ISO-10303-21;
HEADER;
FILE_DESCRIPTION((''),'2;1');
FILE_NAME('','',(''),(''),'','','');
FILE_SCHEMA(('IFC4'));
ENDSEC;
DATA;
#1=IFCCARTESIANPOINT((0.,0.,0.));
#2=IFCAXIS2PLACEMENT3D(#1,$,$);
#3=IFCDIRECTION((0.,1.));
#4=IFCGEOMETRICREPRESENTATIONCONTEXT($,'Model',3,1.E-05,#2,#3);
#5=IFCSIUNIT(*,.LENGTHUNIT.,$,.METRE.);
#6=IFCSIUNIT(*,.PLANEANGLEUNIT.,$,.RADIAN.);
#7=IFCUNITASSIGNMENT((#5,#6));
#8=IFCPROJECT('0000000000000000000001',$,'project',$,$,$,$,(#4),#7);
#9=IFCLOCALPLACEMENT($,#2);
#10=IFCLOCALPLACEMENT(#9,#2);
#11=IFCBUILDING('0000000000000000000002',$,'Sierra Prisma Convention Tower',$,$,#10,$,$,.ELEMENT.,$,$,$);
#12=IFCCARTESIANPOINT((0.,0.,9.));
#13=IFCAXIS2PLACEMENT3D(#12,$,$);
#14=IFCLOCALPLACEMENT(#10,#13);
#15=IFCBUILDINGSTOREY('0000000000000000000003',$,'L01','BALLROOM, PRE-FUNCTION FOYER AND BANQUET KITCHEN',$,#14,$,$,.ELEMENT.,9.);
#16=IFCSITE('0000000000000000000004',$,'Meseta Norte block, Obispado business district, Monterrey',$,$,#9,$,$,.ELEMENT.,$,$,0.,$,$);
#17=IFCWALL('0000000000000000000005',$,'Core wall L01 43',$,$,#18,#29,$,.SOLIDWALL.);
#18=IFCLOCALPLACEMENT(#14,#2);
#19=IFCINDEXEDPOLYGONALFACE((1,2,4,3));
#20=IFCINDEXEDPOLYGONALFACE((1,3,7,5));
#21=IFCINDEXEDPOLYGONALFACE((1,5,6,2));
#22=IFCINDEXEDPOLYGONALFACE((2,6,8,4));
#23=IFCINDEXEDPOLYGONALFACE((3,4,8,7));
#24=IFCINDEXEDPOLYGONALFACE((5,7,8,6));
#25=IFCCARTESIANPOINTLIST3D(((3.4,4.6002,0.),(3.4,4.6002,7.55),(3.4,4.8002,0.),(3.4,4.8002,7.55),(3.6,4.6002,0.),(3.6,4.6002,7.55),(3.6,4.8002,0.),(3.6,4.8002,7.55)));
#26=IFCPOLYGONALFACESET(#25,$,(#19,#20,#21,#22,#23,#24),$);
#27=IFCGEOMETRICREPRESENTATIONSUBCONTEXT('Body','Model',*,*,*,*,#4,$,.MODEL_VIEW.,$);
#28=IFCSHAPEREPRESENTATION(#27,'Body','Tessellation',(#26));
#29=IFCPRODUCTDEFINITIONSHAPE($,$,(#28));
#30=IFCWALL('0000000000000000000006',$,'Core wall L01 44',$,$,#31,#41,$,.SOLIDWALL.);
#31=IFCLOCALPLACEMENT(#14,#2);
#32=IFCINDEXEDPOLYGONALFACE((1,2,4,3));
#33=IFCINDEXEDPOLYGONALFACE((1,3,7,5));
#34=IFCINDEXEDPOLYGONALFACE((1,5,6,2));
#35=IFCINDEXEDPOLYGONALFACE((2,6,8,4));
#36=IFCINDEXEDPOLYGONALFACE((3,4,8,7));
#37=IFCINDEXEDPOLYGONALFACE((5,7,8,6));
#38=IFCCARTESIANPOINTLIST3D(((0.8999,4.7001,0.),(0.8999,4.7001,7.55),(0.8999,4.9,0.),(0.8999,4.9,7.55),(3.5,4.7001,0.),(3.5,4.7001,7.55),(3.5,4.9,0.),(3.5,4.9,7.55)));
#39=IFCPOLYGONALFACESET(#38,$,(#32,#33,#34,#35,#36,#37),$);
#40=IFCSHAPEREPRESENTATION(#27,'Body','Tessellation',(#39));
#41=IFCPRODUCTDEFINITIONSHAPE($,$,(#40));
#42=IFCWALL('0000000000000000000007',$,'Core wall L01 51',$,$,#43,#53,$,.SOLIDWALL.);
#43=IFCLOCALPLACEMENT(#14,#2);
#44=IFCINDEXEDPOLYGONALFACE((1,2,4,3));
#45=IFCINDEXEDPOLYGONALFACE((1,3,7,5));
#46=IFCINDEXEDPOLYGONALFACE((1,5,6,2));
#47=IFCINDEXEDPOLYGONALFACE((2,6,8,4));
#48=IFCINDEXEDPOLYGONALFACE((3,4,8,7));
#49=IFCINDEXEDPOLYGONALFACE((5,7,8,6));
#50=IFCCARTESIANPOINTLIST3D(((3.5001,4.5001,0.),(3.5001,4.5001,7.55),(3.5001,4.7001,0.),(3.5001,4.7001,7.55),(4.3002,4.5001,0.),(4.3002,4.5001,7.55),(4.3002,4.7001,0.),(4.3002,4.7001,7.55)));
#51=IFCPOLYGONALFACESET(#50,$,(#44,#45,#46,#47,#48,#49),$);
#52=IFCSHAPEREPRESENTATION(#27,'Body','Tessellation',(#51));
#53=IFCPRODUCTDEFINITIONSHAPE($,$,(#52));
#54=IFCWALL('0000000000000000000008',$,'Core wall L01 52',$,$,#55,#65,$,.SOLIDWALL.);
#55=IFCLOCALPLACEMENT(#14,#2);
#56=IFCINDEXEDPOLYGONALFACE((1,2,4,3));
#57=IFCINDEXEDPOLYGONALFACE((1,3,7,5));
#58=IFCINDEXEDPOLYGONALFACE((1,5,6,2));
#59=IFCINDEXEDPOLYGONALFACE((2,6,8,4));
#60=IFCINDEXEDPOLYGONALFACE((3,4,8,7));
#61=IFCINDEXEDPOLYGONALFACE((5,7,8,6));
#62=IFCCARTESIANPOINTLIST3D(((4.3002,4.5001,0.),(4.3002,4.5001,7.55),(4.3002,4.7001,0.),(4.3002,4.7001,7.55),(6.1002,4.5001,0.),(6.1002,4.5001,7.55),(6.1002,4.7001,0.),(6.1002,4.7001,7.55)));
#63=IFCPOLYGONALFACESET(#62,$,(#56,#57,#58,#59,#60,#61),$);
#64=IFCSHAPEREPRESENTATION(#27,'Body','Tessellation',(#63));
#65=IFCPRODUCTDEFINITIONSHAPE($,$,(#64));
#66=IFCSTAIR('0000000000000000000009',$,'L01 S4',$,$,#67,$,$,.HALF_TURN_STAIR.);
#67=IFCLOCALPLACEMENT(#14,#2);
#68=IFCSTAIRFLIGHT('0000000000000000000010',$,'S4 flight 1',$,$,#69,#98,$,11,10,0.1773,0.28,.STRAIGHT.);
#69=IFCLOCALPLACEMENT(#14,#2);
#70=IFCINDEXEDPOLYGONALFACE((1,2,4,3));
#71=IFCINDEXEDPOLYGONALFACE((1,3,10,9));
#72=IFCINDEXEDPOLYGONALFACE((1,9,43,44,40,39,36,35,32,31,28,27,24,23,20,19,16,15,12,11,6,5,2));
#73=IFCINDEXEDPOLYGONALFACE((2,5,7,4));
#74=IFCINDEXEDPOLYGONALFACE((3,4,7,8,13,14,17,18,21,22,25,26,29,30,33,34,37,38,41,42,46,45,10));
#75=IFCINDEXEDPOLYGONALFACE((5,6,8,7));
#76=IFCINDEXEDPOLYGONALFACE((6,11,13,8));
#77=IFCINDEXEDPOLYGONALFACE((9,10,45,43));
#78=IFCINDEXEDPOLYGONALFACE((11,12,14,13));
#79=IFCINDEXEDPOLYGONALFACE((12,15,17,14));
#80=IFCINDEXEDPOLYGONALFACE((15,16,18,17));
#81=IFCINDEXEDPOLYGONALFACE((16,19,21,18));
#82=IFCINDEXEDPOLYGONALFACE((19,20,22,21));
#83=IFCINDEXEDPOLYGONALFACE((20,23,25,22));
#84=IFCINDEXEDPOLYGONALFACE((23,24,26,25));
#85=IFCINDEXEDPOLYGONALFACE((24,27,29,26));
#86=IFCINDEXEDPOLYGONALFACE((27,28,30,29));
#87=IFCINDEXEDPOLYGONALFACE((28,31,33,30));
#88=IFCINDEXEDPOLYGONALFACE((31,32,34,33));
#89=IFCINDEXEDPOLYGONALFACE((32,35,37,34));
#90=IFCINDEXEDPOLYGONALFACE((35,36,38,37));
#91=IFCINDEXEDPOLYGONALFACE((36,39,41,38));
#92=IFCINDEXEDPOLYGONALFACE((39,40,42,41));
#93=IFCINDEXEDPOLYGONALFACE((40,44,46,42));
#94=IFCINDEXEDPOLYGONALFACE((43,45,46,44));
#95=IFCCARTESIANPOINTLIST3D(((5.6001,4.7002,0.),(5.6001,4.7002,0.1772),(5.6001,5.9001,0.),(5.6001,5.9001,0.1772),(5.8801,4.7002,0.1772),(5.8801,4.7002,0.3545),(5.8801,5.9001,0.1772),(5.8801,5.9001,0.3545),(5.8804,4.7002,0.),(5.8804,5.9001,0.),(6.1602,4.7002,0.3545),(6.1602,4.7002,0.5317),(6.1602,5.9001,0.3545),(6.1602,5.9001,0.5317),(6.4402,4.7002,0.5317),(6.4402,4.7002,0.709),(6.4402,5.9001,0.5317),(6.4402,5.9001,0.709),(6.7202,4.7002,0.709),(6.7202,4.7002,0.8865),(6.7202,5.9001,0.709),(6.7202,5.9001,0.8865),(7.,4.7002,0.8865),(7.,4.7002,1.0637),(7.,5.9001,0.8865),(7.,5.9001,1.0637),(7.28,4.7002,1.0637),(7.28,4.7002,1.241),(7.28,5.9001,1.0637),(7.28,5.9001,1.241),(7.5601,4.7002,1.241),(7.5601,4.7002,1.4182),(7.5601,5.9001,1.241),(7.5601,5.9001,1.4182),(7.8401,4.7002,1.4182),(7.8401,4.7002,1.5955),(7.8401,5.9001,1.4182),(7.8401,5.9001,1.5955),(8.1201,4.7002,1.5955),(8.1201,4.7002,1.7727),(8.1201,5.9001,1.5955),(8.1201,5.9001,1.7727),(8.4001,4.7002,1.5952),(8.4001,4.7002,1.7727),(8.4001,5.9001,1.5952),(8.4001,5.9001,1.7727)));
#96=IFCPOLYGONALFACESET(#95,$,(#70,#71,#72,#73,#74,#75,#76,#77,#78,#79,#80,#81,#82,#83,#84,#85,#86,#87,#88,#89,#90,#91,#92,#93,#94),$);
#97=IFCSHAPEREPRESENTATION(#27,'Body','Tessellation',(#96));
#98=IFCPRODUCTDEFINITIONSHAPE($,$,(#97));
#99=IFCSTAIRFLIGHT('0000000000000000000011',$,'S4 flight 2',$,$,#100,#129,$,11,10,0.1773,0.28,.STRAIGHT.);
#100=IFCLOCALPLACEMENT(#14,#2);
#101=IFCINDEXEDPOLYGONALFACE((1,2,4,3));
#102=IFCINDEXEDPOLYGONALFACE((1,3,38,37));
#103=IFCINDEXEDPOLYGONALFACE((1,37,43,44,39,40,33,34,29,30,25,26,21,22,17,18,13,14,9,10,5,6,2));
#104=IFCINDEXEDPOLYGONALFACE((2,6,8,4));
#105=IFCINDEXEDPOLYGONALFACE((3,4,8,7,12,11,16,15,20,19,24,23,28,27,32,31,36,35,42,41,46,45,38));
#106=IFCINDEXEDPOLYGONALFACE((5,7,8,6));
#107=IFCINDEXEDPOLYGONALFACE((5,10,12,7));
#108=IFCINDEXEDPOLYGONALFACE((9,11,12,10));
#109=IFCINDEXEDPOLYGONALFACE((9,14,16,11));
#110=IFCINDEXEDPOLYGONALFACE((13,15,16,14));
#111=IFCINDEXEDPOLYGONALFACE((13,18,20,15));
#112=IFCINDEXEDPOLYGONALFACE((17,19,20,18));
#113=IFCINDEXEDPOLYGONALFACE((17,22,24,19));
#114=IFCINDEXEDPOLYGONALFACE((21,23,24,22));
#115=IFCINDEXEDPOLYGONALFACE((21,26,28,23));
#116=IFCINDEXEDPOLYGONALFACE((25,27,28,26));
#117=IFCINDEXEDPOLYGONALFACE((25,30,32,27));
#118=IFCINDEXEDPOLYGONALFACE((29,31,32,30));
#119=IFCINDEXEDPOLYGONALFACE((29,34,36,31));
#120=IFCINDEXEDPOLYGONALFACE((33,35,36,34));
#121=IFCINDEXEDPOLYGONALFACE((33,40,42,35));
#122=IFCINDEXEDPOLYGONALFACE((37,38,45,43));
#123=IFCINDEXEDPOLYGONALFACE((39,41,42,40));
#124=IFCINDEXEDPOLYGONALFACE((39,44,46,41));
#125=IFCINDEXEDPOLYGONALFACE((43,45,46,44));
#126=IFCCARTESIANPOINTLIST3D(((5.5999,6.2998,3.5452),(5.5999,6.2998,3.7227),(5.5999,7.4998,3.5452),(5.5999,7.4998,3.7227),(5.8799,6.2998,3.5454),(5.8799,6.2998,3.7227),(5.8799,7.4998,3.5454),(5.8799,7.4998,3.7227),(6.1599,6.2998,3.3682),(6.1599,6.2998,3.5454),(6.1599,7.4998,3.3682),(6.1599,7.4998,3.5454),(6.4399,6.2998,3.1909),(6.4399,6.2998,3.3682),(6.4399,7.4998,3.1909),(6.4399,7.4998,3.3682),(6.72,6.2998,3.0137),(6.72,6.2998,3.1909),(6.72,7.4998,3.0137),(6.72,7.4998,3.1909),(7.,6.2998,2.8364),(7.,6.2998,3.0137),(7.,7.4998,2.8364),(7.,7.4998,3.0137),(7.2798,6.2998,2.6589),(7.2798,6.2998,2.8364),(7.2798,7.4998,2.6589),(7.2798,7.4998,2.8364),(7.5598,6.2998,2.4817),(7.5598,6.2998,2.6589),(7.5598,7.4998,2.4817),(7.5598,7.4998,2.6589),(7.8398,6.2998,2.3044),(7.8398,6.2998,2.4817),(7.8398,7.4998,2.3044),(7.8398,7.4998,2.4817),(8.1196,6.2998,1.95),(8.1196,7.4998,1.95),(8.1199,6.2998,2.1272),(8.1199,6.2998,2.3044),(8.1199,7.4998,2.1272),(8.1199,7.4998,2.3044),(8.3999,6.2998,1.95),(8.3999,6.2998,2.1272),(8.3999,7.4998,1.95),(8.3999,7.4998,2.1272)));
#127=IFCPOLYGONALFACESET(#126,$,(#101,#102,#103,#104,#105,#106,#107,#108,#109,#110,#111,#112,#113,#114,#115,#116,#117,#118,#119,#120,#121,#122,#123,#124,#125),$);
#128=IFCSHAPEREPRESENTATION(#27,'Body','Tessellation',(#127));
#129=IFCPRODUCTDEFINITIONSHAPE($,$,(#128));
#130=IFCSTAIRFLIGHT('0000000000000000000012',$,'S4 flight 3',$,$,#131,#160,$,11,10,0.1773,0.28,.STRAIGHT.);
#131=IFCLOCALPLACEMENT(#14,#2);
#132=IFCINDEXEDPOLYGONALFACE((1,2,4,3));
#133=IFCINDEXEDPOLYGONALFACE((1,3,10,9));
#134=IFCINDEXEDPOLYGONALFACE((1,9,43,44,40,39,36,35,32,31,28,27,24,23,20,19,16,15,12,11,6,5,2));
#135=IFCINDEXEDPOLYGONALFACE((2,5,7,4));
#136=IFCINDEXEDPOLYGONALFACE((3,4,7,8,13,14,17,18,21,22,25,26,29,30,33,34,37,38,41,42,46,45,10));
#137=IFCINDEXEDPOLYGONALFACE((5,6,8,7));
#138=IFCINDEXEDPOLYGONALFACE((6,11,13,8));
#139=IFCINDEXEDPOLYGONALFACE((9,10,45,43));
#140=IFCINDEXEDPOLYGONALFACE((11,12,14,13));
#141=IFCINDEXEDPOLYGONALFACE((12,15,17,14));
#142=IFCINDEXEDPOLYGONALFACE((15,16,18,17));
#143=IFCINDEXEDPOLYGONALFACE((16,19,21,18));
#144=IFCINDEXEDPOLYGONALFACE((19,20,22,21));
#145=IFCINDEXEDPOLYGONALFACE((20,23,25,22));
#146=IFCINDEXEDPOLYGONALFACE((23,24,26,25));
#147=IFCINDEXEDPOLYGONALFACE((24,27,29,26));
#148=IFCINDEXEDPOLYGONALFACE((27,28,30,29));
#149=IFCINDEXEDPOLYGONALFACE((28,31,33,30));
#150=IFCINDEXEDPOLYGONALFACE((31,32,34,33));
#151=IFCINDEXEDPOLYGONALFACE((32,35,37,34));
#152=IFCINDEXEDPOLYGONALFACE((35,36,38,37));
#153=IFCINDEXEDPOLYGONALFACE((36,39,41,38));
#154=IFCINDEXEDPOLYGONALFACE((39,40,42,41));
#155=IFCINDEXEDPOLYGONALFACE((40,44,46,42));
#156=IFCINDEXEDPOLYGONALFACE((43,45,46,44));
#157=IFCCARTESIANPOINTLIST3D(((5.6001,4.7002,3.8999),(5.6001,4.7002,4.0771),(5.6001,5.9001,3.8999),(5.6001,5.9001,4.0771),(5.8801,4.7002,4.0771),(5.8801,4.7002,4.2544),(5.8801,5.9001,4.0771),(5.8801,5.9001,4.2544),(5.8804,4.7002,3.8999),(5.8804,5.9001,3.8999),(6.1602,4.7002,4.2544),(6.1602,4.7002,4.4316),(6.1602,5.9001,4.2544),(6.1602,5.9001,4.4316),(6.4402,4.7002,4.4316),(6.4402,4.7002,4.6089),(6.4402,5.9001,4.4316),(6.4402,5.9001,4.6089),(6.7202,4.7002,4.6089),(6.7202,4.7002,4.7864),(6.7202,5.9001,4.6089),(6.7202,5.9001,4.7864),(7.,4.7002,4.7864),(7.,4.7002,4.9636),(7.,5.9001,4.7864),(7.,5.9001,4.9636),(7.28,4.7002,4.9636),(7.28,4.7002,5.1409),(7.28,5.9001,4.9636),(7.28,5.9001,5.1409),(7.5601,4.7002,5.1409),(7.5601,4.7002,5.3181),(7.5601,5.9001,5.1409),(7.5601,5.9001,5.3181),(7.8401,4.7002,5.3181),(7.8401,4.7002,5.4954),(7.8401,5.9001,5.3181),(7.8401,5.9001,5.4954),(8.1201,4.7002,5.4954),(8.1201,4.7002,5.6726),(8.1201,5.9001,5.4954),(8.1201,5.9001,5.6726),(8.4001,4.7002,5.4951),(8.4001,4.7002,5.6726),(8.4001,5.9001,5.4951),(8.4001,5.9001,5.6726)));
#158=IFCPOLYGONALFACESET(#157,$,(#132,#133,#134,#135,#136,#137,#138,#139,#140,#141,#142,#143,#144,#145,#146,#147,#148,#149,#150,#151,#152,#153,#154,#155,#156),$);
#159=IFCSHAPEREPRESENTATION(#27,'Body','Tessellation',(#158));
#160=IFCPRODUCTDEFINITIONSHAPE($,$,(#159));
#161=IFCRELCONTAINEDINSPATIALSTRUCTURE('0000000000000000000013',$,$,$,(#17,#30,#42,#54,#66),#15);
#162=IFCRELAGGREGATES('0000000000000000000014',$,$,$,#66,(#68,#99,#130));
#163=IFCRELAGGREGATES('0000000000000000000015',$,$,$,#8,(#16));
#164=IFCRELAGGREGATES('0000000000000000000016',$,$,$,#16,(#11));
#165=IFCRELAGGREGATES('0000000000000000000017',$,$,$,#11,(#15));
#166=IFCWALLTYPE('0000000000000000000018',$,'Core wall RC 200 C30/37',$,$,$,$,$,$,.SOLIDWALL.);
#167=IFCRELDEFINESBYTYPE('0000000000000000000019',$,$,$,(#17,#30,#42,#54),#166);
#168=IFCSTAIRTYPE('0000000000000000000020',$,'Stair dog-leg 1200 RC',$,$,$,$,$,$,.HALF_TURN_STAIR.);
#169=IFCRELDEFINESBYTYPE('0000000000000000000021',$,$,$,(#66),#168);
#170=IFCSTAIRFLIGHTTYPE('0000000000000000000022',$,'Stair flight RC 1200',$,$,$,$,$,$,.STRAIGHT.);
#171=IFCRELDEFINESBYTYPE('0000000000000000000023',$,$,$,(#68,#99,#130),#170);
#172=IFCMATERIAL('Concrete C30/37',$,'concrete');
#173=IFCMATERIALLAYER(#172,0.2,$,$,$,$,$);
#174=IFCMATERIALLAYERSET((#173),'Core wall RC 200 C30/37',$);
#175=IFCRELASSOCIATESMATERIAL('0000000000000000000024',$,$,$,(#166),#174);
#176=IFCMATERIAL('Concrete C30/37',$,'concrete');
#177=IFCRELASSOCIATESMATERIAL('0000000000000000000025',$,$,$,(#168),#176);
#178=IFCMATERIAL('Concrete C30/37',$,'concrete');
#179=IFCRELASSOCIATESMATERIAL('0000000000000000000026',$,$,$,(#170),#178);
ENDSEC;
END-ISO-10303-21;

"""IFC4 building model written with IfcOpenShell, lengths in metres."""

from ifc_helpers import new_model, si_unit, direction, frame, frame_2d, origin, place, context, subcontext, project, spatial, polyline, rectangle, outline, extrude, material, layer, layer_set, type_object, element, aggregate, save


model = new_model("IFC4")

# Units and contexts
model_context = context("Model", 3, precision=1e-05, world=origin(), true_north=direction((0.0, 1.0)))
body_context = subcontext(model_context, "Body", "Model", "MODEL_VIEW")
ifc_project = project(units=[si_unit("LENGTHUNIT", "METRE"), si_unit("PLANEANGLEUNIT", "RADIAN")], contexts=[model_context])

# Site, building, storey
site_placement = place(None, origin())
site = spatial("IfcSite", under=ifc_project, at=site_placement, Name="Meseta Norte block, Obispado business district, Monterrey", CompositionType="ELEMENT", RefElevation=0.0)
building_placement = place(site_placement, origin())
building = spatial("IfcBuilding", under=site, at=building_placement, Name="Sierra Prisma Convention Tower", CompositionType="ELEMENT")
storey_placement = place(building_placement, frame((0.0, 0.0, 9.0)))
storey = spatial("IfcBuildingStorey", under=building, at=storey_placement, Name="L01", Description="BALLROOM, PRE-FUNCTION FOYER AND BANQUET KITCHEN", CompositionType="ELEMENT", Elevation=9.0)

# Walls
ifc_material_1 = material(Name="Concrete C30/37", Category="concrete")
ifc_layer = layer(ifc_material_1, 0.2)
ifc_layer_set = layer_set([ifc_layer], Name="Core wall RC 200 C30/37")
wall_type = type_object("IfcWallType", Name="Core wall RC 200 C30/37", PredefinedType="SOLIDWALL", material=ifc_layer_set)
wall_1_placement = place(storey_placement, frame((3.5, 4.6001, 0.0), z_axis=(0.0, 0.0, 1.0), x_axis=(0.0, 1.0, 0.0)))
element("IfcWall", 1, at=wall_1_placement, inside=storey, type_object=wall_type, Name="Core wall L01 43", PredefinedType="SOLIDWALL", context=body_context, shape_type="SweptSolid", body=[
    extrude(rectangle(XDim=0.2, YDim=0.2, at=frame_2d((0.1001, 0.0))), origin(), (0.0, 0.0, 1.0), 7.55),
])
wall_2_placement = place(storey_placement, frame((3.5, 4.8, 0.0), z_axis=(0.0, 0.0, 1.0), x_axis=(-1.0, 0.0, 0.0)))
element("IfcWall", 2, at=wall_2_placement, inside=storey, type_object=wall_type, Name="Core wall L01 44", PredefinedType="SOLIDWALL", context=body_context, shape_type="SweptSolid", body=[
    extrude(rectangle(XDim=2.6001, YDim=0.2, at=frame_2d((1.3, 0.0))), origin(), (0.0, 0.0, 1.0), 7.55),
])

# Walls
wall_3_placement = place(storey_placement, frame((4.3, 4.6001, 0.0), z_axis=(0.0, 0.0, 1.0), x_axis=(-1.0, 0.0, 0.0)))
element("IfcWall", 3, at=wall_3_placement, inside=storey, type_object=wall_type, Name="Core wall L01 51", PredefinedType="SOLIDWALL", context=body_context, shape_type="SweptSolid", body=[
    extrude(rectangle(XDim=0.8, YDim=0.2, at=frame_2d((0.3999, 0.0))), origin(), (0.0, 0.0, 1.0), 7.55),
])
wall_4_placement = place(storey_placement, frame((6.1001, 4.6001, 0.0), z_axis=(0.0, 0.0, 1.0), x_axis=(-1.0, 0.0, 0.0)))
element("IfcWall", 4, at=wall_4_placement, inside=storey, type_object=wall_type, Name="Core wall L01 52", PredefinedType="SOLIDWALL", context=body_context, shape_type="SweptSolid", body=[
    extrude(rectangle(XDim=1.8, YDim=0.2, at=frame_2d((0.8999, 0.0))), origin(), (0.0, 0.0, 1.0), 7.55),
])

# Stair, stair flights
ifc_material_2 = material(Name="Concrete C30/37", Category="concrete")
stair_type = type_object("IfcStairType", Name="Stair dog-leg 1200 RC", PredefinedType="HALF_TURN_STAIR", material=ifc_material_2)
stair_placement = place(storey_placement, origin())
stair = element("IfcStair", 5, at=stair_placement, inside=storey, type_object=stair_type, Name="L01 S4", PredefinedType="HALF_TURN_STAIR")
ifc_material_3 = material(Name="Concrete C30/37", Category="concrete")
stair_flight_type = type_object("IfcStairFlightType", Name="Stair flight RC 1200", PredefinedType="STRAIGHT", material=ifc_material_3)
stair_flight_1_placement = place(storey_placement, frame((5.6001, 5.3, 0.0), z_axis=(0.0, 0.0, 1.0), x_axis=(1.0, 0.0, 0.0)))
stair_flight_1 = element("IfcStairFlight", 6, at=stair_flight_1_placement, type_object=stair_flight_type, Name="S4 flight 1", NumberOfRisers=11, NumberOfTreads=10, PredefinedType="STRAIGHT", RiserHeight=0.1773, TreadLength=0.28, context=body_context, shape_type="SweptSolid", body=[
    extrude(outline(polyline([(0.0, 0.0), (0.0, 0.1772), (0.28, 0.1772), (0.28, 0.3545), (0.5601, 0.3545), (0.5601, 0.5317), (0.8401, 0.5317), (0.8401, 0.709), (1.1201, 0.709), (1.1201, 0.8865), (1.3999, 0.8865), (1.3999, 1.0637), (1.6799, 1.0637), (1.6799, 1.241), (1.96, 1.241), (1.96, 1.4182), (2.24, 1.4182), (2.24, 1.5955), (2.52, 1.5955), (2.52, 1.7727), (2.8, 1.7727), (2.8, 1.95), (2.8, 1.5952), (0.2803, 0.0), (0.0, 0.0)])), frame((0.0, 0.6001, 0.0), z_axis=(0.0, -1.0, 0.0), x_axis=(1.0, 0.0, 0.0)), (0.0, 0.0, 1.0), 1.2),
])
stair_flight_2_placement = place(storey_placement, frame((8.3999, 6.8999, 1.95), z_axis=(0.0, 0.0, 1.0), x_axis=(-1.0, 0.0, 0.0)))
stair_flight_2 = element("IfcStairFlight", 7, at=stair_flight_2_placement, type_object=stair_flight_type, Name="S4 flight 2", NumberOfRisers=11, NumberOfTreads=10, PredefinedType="STRAIGHT", RiserHeight=0.1773, TreadLength=0.28, context=body_context, shape_type="SweptSolid", body=[
    extrude(outline(polyline([(0.0, 0.0), (0.0, 0.1772), (0.28, 0.1772), (0.28, 0.3545), (0.5601, 0.3545), (0.5601, 0.5317), (0.8401, 0.5317), (0.8401, 0.709), (1.1201, 0.709), (1.1201, 0.8865), (1.3999, 0.8865), (1.3999, 1.0637), (1.6799, 1.0637), (1.6799, 1.241), (1.96, 1.241), (1.96, 1.4182), (2.24, 1.4182), (2.24, 1.5955), (2.52, 1.5955), (2.52, 1.7727), (2.8, 1.7727), (2.8, 1.95), (2.8, 1.5952), (0.2803, 0.0), (0.0, 0.0)])), frame((0.0, 0.6001, 0.0), z_axis=(0.0, -1.0, 0.0), x_axis=(1.0, 0.0, 0.0)), (0.0, 0.0, 1.0), 1.2),
])
stair_flight_3_placement = place(storey_placement, frame((5.6001, 5.3, 3.8999), z_axis=(0.0, 0.0, 1.0), x_axis=(1.0, 0.0, 0.0)))
stair_flight_3 = element("IfcStairFlight", 8, at=stair_flight_3_placement, type_object=stair_flight_type, Name="S4 flight 3", NumberOfRisers=11, NumberOfTreads=10, PredefinedType="STRAIGHT", RiserHeight=0.1773, TreadLength=0.28, context=body_context, shape_type="SweptSolid", body=[
    extrude(outline(polyline([(0.0, 0.0), (0.0, 0.1772), (0.28, 0.1772), (0.28, 0.3545), (0.5601, 0.3545), (0.5601, 0.5317), (0.8401, 0.5317), (0.8401, 0.709), (1.1201, 0.709), (1.1201, 0.8865), (1.3999, 0.8865), (1.3999, 1.0637), (1.6799, 1.0637), (1.6799, 1.241), (1.96, 1.241), (1.96, 1.4182), (2.24, 1.4182), (2.24, 1.5955), (2.52, 1.5955), (2.52, 1.7727), (2.8, 1.7727), (2.8, 1.95), (2.8, 1.5952), (0.2803, 0.0), (0.0, 0.0)])), frame((0.0, 0.6001, 0.0), z_axis=(0.0, -1.0, 0.0), x_axis=(1.0, 0.0, 0.0)), (0.0, 0.0, 1.0), 1.2),
])
aggregate(stair, [stair_flight_1, stair_flight_2, stair_flight_3])

save(model, "model.ifc")
